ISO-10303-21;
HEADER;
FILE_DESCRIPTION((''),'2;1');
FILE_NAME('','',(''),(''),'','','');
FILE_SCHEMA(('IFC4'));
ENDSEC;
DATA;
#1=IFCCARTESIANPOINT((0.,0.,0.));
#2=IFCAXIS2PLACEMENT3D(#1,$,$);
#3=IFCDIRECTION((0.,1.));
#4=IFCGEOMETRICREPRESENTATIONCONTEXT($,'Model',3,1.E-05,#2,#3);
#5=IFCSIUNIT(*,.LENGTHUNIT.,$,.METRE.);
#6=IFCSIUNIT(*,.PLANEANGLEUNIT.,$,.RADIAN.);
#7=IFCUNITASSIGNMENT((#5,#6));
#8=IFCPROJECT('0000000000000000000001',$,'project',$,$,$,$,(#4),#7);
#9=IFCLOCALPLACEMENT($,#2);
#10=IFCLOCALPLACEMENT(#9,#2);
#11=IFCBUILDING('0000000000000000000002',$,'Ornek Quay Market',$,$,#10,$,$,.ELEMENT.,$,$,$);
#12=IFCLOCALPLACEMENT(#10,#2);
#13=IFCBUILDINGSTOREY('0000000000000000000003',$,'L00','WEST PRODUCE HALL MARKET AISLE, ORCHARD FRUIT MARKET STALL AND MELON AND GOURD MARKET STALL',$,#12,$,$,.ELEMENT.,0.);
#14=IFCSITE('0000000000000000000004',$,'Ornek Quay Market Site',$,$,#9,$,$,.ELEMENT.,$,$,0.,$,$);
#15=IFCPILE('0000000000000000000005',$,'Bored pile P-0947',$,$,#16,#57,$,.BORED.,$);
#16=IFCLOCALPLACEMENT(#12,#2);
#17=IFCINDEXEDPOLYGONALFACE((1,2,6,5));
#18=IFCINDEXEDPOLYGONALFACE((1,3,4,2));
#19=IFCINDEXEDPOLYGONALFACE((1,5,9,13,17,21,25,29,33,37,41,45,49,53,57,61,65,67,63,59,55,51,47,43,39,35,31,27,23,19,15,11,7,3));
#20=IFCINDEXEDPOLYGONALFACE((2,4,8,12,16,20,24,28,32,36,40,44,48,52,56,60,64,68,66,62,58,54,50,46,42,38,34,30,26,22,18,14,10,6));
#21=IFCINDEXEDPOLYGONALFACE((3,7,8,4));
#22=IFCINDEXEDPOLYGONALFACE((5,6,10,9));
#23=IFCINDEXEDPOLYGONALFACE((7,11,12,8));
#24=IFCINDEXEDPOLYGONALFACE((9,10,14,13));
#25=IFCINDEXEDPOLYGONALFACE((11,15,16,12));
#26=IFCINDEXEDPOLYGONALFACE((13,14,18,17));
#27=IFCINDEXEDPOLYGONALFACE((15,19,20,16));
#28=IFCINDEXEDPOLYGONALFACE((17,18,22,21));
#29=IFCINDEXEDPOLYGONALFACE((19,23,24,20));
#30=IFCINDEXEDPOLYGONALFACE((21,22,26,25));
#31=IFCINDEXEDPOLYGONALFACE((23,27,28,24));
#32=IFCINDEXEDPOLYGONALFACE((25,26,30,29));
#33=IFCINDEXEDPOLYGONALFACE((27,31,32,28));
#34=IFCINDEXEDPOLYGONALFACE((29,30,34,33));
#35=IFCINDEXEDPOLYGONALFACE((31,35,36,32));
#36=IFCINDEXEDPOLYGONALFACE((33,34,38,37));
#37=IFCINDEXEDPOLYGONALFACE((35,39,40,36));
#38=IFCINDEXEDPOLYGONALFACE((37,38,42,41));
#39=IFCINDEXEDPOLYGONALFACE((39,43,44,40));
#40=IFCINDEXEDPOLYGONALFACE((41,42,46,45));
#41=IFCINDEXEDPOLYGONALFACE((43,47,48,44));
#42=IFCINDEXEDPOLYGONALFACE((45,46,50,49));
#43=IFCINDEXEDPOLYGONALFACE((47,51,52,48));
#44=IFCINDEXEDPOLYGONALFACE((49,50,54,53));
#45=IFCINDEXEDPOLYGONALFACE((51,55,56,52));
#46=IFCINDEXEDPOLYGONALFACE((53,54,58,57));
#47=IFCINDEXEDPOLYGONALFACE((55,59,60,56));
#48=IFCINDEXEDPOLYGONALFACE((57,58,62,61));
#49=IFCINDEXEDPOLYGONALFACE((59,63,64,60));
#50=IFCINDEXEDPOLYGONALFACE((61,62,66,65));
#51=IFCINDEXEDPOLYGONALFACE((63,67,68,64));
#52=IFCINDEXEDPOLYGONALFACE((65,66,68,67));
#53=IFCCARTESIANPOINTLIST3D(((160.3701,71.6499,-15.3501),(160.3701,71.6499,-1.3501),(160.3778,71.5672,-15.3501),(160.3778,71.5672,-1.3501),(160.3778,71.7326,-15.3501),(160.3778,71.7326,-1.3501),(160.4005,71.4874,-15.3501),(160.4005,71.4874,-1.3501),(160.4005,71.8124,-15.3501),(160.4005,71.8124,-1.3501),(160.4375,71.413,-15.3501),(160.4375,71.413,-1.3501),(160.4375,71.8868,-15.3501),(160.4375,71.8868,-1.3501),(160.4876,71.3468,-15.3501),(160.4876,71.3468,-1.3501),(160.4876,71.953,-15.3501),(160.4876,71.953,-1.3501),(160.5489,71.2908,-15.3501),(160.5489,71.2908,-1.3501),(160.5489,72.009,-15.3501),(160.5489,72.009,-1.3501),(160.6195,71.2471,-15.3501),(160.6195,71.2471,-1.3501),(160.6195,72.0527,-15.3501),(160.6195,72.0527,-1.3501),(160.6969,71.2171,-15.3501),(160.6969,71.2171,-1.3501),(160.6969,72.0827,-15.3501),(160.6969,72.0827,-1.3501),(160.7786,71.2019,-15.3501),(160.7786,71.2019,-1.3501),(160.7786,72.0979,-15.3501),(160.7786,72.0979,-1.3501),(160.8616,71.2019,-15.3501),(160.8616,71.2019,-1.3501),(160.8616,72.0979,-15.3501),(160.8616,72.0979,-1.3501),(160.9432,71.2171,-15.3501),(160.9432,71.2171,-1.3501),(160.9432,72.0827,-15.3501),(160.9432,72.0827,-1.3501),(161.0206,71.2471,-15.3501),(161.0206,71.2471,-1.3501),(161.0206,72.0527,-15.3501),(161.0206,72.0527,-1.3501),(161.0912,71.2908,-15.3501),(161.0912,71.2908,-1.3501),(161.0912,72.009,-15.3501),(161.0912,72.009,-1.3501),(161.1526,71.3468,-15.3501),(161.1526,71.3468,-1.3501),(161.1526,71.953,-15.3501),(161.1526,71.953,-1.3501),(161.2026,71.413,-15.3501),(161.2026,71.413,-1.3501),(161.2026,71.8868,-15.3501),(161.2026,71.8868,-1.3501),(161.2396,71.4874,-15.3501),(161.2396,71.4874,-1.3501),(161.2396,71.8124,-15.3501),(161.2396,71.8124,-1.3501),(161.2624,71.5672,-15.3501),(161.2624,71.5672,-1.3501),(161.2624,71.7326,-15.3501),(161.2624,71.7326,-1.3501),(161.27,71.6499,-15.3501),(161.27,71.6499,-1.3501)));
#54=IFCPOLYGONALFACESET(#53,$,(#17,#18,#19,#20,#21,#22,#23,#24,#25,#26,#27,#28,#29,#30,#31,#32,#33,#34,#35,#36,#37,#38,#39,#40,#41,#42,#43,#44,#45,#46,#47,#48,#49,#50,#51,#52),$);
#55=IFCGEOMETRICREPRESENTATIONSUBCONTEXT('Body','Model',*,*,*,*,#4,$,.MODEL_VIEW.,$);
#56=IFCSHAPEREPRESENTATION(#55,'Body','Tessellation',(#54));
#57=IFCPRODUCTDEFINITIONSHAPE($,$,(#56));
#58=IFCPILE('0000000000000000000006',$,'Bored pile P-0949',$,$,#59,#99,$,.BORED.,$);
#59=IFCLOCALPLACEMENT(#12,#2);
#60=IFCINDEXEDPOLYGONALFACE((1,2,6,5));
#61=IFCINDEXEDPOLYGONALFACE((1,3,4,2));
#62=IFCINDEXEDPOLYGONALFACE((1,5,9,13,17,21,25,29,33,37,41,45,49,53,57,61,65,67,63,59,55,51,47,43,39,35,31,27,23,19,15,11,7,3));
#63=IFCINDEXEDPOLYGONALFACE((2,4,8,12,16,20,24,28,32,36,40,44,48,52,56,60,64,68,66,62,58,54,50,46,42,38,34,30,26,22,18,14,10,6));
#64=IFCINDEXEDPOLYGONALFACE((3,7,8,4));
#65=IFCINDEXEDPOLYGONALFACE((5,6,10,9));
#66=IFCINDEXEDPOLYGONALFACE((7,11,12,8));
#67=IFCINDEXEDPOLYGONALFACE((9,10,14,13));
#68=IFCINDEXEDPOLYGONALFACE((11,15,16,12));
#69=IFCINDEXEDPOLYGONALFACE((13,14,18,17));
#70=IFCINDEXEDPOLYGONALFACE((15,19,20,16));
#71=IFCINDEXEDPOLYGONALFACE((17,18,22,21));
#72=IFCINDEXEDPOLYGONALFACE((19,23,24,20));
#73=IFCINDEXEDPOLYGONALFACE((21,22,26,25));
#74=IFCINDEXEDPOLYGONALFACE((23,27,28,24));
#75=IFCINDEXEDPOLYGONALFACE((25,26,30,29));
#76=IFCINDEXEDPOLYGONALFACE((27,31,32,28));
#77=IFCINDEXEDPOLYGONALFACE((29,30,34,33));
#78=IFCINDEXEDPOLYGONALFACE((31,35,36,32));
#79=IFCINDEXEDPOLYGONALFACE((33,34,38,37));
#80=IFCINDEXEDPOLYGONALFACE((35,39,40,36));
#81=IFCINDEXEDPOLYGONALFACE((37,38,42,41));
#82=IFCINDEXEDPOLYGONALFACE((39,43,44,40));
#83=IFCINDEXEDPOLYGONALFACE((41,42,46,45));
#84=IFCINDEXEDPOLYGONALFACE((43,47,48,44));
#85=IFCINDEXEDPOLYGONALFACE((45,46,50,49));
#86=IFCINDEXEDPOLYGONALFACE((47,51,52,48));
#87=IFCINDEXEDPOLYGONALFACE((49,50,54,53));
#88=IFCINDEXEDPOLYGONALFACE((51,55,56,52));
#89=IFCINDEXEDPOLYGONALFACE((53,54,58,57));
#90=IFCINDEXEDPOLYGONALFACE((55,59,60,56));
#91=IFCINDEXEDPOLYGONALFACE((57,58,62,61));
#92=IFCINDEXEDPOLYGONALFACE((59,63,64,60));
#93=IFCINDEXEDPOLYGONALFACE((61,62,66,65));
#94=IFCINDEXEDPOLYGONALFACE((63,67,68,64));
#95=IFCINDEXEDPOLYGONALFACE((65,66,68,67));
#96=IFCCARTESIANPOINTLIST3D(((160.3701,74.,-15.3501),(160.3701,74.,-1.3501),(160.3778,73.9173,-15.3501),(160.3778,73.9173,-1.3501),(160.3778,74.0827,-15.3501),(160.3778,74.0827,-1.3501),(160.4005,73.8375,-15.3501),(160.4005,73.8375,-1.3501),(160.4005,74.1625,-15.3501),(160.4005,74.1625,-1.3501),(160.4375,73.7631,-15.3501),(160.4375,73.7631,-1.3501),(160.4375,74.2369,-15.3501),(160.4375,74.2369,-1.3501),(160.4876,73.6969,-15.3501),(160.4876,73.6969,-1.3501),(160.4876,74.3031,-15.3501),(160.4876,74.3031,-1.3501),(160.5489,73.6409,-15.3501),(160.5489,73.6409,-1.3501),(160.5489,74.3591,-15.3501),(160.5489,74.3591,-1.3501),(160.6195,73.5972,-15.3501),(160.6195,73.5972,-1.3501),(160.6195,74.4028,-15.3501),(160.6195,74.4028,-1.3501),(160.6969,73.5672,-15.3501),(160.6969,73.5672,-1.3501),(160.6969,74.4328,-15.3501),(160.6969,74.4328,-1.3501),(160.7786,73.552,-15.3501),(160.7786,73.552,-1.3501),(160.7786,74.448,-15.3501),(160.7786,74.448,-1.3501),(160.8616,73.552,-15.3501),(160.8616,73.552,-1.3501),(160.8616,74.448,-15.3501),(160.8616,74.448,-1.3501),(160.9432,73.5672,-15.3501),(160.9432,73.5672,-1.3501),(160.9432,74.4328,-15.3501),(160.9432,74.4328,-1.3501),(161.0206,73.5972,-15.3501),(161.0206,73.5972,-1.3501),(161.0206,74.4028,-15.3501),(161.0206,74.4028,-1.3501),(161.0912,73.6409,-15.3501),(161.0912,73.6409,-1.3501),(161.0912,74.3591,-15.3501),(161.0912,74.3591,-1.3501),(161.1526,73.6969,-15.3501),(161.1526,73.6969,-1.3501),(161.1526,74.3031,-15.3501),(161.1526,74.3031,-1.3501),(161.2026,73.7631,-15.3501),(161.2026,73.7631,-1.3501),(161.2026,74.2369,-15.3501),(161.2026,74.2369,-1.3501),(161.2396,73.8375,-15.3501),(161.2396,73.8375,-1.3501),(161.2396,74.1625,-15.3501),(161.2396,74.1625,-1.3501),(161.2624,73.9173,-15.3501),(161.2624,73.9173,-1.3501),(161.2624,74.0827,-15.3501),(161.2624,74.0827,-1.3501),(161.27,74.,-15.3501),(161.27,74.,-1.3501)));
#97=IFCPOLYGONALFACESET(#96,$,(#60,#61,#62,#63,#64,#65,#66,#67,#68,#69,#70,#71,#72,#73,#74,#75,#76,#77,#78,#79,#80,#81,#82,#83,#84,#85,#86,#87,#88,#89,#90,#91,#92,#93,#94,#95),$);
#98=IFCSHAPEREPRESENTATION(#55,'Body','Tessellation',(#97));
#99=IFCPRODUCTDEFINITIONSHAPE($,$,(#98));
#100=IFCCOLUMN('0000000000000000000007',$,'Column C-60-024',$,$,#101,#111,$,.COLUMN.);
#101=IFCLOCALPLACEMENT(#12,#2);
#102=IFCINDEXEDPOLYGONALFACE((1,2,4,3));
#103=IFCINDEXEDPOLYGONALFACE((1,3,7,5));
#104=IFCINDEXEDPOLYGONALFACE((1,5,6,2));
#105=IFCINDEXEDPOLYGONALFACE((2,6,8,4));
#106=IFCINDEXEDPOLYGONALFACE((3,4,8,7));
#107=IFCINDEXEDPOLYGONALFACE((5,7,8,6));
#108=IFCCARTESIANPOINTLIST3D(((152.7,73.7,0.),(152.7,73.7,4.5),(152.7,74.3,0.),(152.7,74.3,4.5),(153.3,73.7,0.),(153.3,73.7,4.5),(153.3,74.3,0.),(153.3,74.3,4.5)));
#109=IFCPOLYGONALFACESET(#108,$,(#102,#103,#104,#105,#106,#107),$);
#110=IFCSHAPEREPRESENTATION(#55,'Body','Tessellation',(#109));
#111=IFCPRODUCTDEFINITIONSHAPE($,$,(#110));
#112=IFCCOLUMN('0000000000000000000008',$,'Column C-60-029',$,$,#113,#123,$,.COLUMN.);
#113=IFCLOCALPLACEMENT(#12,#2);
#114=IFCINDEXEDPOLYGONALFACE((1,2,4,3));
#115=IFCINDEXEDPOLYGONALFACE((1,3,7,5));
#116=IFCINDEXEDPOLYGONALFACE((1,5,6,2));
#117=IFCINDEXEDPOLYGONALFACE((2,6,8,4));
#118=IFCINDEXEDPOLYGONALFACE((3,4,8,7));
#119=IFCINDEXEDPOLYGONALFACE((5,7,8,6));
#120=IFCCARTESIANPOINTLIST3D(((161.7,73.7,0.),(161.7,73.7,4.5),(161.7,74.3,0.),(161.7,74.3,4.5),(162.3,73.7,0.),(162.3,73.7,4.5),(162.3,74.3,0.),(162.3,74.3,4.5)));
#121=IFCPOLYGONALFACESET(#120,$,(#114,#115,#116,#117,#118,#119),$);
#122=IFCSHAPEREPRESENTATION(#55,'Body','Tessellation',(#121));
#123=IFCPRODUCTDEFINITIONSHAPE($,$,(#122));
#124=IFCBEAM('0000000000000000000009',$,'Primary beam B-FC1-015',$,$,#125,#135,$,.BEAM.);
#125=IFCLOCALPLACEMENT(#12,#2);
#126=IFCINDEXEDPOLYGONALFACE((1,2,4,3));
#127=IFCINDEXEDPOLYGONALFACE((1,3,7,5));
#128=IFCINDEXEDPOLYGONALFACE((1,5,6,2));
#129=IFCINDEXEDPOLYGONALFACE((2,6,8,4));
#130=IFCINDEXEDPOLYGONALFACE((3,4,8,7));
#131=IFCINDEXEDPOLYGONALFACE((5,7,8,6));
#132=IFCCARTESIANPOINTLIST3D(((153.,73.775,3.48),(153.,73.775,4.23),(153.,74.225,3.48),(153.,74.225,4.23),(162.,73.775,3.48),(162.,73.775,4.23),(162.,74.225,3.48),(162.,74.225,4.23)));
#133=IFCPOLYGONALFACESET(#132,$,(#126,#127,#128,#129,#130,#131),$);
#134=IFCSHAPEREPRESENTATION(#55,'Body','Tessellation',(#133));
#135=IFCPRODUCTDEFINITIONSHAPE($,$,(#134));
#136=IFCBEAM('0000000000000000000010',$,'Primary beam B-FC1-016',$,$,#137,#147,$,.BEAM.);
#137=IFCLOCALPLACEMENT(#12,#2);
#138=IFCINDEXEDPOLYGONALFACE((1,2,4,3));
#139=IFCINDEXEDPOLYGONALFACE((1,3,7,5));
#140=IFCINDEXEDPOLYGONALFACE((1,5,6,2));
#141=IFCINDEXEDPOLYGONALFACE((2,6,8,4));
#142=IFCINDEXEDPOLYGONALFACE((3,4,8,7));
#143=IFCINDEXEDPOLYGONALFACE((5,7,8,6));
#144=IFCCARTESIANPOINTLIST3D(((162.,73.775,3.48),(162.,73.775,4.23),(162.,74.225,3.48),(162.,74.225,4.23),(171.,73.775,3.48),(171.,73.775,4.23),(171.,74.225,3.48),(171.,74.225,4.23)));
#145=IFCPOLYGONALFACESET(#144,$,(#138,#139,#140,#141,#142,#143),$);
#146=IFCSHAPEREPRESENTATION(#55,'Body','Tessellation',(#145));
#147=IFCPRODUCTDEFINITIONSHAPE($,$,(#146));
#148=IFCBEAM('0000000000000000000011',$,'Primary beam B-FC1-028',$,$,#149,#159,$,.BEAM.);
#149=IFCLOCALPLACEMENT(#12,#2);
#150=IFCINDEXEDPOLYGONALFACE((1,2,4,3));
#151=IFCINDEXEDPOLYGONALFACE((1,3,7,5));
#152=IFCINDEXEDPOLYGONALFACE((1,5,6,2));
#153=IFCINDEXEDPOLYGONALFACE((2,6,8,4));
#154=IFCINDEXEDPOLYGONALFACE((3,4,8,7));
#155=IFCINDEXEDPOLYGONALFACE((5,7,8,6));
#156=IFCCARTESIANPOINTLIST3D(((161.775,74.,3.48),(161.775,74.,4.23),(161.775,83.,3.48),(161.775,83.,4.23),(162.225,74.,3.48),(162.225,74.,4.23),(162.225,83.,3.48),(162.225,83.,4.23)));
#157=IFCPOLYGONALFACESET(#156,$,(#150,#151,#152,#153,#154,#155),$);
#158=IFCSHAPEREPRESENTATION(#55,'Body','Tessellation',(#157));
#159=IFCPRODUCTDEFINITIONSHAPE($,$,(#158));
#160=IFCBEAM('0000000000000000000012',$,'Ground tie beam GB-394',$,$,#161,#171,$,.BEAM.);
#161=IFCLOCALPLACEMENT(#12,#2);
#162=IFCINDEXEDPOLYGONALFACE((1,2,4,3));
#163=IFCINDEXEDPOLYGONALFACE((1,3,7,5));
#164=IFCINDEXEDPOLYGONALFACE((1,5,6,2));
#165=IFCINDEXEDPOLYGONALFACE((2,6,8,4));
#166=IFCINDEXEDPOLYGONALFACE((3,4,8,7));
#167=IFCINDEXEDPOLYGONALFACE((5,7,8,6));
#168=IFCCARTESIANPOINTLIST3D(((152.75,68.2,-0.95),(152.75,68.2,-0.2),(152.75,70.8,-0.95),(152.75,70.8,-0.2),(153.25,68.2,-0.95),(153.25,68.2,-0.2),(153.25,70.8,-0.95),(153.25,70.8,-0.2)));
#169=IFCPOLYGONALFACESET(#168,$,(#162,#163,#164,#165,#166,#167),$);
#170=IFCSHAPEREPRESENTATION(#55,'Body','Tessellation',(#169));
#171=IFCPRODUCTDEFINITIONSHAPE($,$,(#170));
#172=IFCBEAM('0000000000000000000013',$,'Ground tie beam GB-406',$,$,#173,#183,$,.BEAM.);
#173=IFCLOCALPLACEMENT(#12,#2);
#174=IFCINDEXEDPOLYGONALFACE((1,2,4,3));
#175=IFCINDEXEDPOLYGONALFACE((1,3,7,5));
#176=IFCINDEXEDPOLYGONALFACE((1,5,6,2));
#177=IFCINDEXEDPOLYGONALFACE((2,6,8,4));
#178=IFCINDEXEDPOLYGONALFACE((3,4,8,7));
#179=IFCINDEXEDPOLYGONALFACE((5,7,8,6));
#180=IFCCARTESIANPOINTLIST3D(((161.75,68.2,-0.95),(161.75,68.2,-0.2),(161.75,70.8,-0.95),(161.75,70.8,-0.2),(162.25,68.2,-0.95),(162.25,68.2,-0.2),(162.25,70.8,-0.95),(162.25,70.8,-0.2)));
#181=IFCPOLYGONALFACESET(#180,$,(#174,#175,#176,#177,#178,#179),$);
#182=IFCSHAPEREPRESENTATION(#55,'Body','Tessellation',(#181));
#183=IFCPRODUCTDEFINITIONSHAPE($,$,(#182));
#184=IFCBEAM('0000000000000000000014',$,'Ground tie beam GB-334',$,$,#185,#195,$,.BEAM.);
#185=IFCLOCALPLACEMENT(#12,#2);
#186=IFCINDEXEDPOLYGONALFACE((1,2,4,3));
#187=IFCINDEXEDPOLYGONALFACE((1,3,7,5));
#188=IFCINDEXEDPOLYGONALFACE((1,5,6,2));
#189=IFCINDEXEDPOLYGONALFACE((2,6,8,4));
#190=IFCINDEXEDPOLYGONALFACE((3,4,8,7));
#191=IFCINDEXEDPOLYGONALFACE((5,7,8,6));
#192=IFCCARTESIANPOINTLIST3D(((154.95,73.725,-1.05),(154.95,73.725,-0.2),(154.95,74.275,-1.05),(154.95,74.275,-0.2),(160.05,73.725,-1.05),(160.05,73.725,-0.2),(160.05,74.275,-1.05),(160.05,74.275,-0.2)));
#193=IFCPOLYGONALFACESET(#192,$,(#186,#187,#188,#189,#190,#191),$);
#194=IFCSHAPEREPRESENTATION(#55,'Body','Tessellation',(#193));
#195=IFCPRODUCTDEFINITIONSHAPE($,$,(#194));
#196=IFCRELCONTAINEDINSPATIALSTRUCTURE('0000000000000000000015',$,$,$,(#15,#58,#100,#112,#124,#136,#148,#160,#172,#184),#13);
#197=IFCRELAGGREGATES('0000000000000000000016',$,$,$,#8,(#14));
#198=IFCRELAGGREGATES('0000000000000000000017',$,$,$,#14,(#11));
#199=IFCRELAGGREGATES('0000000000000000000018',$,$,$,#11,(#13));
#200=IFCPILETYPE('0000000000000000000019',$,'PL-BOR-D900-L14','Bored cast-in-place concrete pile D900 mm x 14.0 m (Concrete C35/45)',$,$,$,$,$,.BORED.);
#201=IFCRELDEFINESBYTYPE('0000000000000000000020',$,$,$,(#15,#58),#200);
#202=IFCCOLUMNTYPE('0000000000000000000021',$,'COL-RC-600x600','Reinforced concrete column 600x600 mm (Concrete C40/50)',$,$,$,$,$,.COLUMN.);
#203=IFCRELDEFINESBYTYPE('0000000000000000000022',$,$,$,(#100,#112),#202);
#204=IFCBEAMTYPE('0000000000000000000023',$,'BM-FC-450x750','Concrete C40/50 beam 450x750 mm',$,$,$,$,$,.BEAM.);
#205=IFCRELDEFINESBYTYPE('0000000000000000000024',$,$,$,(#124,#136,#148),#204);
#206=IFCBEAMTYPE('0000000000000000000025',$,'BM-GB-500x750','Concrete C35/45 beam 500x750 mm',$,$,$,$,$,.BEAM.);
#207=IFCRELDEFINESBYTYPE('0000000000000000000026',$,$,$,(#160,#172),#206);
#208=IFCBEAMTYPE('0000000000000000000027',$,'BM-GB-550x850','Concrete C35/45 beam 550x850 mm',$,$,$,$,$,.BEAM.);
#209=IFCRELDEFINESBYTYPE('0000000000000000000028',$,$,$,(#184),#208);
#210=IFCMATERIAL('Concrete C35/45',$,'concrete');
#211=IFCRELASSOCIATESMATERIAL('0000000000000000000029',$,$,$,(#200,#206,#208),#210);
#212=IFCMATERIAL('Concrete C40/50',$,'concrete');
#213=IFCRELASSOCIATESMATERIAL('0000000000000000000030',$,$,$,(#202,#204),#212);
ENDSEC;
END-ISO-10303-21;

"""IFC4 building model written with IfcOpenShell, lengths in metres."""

from ifc_helpers import new_model, si_unit, direction, frame, origin, origin_2d, place, context, subcontext, project, spatial, rectangle, circle, extrude, material, material_profile, profile_set, type_object, element, save


model = new_model("IFC4")

# Units and contexts
model_context = context("Model", 3, precision=1e-05, world=origin(), true_north=direction((0.0, 1.0)))
body_context = subcontext(model_context, "Body", "Model", "MODEL_VIEW")
ifc_project = project(units=[si_unit("LENGTHUNIT", "METRE"), si_unit("PLANEANGLEUNIT", "RADIAN")], contexts=[model_context])

# Site, building, storey
site_placement = place(None, origin())
site = spatial("IfcSite", under=ifc_project, at=site_placement, Name="Ornek Quay Market Site", CompositionType="ELEMENT", RefElevation=0.0)
building_placement = place(site_placement, origin())
building = spatial("IfcBuilding", under=site, at=building_placement, Name="Ornek Quay Market", CompositionType="ELEMENT")
storey_placement = place(building_placement, origin())
storey = spatial("IfcBuildingStorey", under=building, at=storey_placement, Name="L00", Description="WEST PRODUCE HALL MARKET AISLE, ORCHARD FRUIT MARKET STALL AND MELON AND GOURD MARKET STALL", CompositionType="ELEMENT", Elevation=0.0)

# Piles
ifc_material_1 = material(Name="Concrete C35/45", Category="concrete")
ifc_material_profile_1 = material_profile(ifc_material_1, circle(Radius=0.45, at=origin_2d()), Name="PILE D900", Category="concrete")
ifc_profile_set_1 = profile_set([ifc_material_profile_1], Name="Concrete C35/45")
pile_type = type_object("IfcPileType", Name="PL-BOR-D900-L14", Description="Bored cast-in-place concrete pile D900 mm x 14.0 m (Concrete C35/45)", PredefinedType="BORED", material=ifc_profile_set_1)
for number, where, z_axis, x_axis, name in (
    (1, (160.8201, 71.6499, -1.3501), (0.0, 0.0, -1.0), (1.0, 0.0, 0.0), "Bored pile P-0947"),
    (2, (160.8201, 74.0, -1.3501), (0.0, 0.0, -1.0), (1.0, 0.0, 0.0), "Bored pile P-0949"),
):
    element("IfcPile", number, at=place(storey_placement, frame(where, z_axis=z_axis, x_axis=x_axis)), inside=storey, type_object=pile_type, Name=name, PredefinedType="BORED", context=body_context, shape_type="SweptSolid", body=[
        extrude(circle(Radius=0.45, at=origin_2d()), origin(), (0.0, 0.0, 1.0), 14.0),
    ])

# Columns
ifc_material_2 = material(Name="Concrete C40/50", Category="concrete")
ifc_material_profile_2 = material_profile(ifc_material_2, rectangle(XDim=0.6001, YDim=0.6001, at=origin_2d()), Name="RC 600x600", Category="concrete")
ifc_profile_set_2 = profile_set([ifc_material_profile_2], Name="Concrete C40/50")
column_type = type_object("IfcColumnType", Name="COL-RC-600x600", Description="Reinforced concrete column 600x600 mm (Concrete C40/50)", PredefinedType="COLUMN", material=ifc_profile_set_2)
for number, where, z_axis, x_axis, name in (
    (3, (153.0, 74.0, 0.0), (0.0, 0.0, 1.0), (1.0, 0.0, 0.0), "Column C-60-024"),
    (4, (162.0, 74.0, 0.0), (0.0, 0.0, 1.0), (1.0, 0.0, 0.0), "Column C-60-029"),
):
    element("IfcColumn", number, at=place(storey_placement, frame(where, z_axis=z_axis, x_axis=x_axis)), inside=storey, type_object=column_type, Name=name, PredefinedType="COLUMN", context=body_context, shape_type="SweptSolid", body=[
        extrude(rectangle(XDim=0.6001, YDim=0.6001, at=origin_2d()), origin(), (0.0, 0.0, 1.0), 4.5),
    ])

# Beams
ifc_material_profile_3 = material_profile(ifc_material_2, rectangle(XDim=0.45, YDim=0.75, at=origin_2d()), Name="RC 450x750", Category="concrete")
ifc_profile_set_3 = profile_set([ifc_material_profile_3], Name="Concrete C40/50")
beam_type_1 = type_object("IfcBeamType", Name="BM-FC-450x750", Description="Concrete C40/50 beam 450x750 mm", PredefinedType="BEAM", material=ifc_profile_set_3)
for number, where, z_axis, x_axis, name in (
    (5, (153.0, 74.0, 3.855), (1.0, 0.0, 0.0), (0.0, 1.0, 0.0), "Primary beam B-FC1-015"),
    (6, (162.0, 74.0, 3.855), (1.0, 0.0, 0.0), (0.0, 1.0, 0.0), "Primary beam B-FC1-016"),
    (7, (162.0, 74.0, 3.855), (0.0, 1.0, 0.0), (-1.0, 0.0, 0.0), "Primary beam B-FC1-028"),
):
    element("IfcBeam", number, at=place(storey_placement, frame(where, z_axis=z_axis, x_axis=x_axis)), inside=storey, type_object=beam_type_1, Name=name, PredefinedType="BEAM", context=body_context, shape_type="SweptSolid", body=[
        extrude(rectangle(XDim=0.45, YDim=0.75, at=origin_2d()), origin(), (0.0, 0.0, 1.0), 9.0),
    ])
ifc_material_profile_4 = material_profile(ifc_material_1, rectangle(XDim=0.5, YDim=0.75, at=origin_2d()), Name="RC 500x750", Category="concrete")
ifc_profile_set_4 = profile_set([ifc_material_profile_4], Name="Concrete C35/45")
beam_type_2 = type_object("IfcBeamType", Name="BM-GB-500x750", Description="Concrete C35/45 beam 500x750 mm", PredefinedType="BEAM", material=ifc_profile_set_4)
for number, where, z_axis, x_axis, name in (
    (8, (153.0, 68.2, -0.575), (0.0, 1.0, 0.0), (-1.0, 0.0, 0.0), "Ground tie beam GB-394"),
    (9, (162.0, 68.2, -0.575), (0.0, 1.0, 0.0), (-1.0, 0.0, 0.0), "Ground tie beam GB-406"),
):
    element("IfcBeam", number, at=place(storey_placement, frame(where, z_axis=z_axis, x_axis=x_axis)), inside=storey, type_object=beam_type_2, Name=name, PredefinedType="BEAM", context=body_context, shape_type="SweptSolid", body=[
        extrude(rectangle(XDim=0.5, YDim=0.75, at=origin_2d()), origin(), (0.0, 0.0, 1.0), 2.6001),
    ])
ifc_material_profile_5 = material_profile(ifc_material_1, rectangle(XDim=0.55, YDim=0.8501, at=origin_2d()), Name="RC 550x850", Category="concrete")
ifc_profile_set_5 = profile_set([ifc_material_profile_5], Name="Concrete C35/45")
beam_type_3 = type_object("IfcBeamType", Name="BM-GB-550x850", Description="Concrete C35/45 beam 550x850 mm", PredefinedType="BEAM", material=ifc_profile_set_5)
beam_1_placement = place(storey_placement, frame((154.95, 74.0, -0.625), z_axis=(1.0, 0.0, 0.0), x_axis=(0.0, 1.0, 0.0)))
element("IfcBeam", 10, at=beam_1_placement, inside=storey, type_object=beam_type_3, Name="Ground tie beam GB-334", PredefinedType="BEAM", context=body_context, shape_type="SweptSolid", body=[
    extrude(rectangle(XDim=0.55, YDim=0.8501, at=origin_2d()), origin(), (0.0, 0.0, 1.0), 5.1001),
])

save(model, "model.ifc")
